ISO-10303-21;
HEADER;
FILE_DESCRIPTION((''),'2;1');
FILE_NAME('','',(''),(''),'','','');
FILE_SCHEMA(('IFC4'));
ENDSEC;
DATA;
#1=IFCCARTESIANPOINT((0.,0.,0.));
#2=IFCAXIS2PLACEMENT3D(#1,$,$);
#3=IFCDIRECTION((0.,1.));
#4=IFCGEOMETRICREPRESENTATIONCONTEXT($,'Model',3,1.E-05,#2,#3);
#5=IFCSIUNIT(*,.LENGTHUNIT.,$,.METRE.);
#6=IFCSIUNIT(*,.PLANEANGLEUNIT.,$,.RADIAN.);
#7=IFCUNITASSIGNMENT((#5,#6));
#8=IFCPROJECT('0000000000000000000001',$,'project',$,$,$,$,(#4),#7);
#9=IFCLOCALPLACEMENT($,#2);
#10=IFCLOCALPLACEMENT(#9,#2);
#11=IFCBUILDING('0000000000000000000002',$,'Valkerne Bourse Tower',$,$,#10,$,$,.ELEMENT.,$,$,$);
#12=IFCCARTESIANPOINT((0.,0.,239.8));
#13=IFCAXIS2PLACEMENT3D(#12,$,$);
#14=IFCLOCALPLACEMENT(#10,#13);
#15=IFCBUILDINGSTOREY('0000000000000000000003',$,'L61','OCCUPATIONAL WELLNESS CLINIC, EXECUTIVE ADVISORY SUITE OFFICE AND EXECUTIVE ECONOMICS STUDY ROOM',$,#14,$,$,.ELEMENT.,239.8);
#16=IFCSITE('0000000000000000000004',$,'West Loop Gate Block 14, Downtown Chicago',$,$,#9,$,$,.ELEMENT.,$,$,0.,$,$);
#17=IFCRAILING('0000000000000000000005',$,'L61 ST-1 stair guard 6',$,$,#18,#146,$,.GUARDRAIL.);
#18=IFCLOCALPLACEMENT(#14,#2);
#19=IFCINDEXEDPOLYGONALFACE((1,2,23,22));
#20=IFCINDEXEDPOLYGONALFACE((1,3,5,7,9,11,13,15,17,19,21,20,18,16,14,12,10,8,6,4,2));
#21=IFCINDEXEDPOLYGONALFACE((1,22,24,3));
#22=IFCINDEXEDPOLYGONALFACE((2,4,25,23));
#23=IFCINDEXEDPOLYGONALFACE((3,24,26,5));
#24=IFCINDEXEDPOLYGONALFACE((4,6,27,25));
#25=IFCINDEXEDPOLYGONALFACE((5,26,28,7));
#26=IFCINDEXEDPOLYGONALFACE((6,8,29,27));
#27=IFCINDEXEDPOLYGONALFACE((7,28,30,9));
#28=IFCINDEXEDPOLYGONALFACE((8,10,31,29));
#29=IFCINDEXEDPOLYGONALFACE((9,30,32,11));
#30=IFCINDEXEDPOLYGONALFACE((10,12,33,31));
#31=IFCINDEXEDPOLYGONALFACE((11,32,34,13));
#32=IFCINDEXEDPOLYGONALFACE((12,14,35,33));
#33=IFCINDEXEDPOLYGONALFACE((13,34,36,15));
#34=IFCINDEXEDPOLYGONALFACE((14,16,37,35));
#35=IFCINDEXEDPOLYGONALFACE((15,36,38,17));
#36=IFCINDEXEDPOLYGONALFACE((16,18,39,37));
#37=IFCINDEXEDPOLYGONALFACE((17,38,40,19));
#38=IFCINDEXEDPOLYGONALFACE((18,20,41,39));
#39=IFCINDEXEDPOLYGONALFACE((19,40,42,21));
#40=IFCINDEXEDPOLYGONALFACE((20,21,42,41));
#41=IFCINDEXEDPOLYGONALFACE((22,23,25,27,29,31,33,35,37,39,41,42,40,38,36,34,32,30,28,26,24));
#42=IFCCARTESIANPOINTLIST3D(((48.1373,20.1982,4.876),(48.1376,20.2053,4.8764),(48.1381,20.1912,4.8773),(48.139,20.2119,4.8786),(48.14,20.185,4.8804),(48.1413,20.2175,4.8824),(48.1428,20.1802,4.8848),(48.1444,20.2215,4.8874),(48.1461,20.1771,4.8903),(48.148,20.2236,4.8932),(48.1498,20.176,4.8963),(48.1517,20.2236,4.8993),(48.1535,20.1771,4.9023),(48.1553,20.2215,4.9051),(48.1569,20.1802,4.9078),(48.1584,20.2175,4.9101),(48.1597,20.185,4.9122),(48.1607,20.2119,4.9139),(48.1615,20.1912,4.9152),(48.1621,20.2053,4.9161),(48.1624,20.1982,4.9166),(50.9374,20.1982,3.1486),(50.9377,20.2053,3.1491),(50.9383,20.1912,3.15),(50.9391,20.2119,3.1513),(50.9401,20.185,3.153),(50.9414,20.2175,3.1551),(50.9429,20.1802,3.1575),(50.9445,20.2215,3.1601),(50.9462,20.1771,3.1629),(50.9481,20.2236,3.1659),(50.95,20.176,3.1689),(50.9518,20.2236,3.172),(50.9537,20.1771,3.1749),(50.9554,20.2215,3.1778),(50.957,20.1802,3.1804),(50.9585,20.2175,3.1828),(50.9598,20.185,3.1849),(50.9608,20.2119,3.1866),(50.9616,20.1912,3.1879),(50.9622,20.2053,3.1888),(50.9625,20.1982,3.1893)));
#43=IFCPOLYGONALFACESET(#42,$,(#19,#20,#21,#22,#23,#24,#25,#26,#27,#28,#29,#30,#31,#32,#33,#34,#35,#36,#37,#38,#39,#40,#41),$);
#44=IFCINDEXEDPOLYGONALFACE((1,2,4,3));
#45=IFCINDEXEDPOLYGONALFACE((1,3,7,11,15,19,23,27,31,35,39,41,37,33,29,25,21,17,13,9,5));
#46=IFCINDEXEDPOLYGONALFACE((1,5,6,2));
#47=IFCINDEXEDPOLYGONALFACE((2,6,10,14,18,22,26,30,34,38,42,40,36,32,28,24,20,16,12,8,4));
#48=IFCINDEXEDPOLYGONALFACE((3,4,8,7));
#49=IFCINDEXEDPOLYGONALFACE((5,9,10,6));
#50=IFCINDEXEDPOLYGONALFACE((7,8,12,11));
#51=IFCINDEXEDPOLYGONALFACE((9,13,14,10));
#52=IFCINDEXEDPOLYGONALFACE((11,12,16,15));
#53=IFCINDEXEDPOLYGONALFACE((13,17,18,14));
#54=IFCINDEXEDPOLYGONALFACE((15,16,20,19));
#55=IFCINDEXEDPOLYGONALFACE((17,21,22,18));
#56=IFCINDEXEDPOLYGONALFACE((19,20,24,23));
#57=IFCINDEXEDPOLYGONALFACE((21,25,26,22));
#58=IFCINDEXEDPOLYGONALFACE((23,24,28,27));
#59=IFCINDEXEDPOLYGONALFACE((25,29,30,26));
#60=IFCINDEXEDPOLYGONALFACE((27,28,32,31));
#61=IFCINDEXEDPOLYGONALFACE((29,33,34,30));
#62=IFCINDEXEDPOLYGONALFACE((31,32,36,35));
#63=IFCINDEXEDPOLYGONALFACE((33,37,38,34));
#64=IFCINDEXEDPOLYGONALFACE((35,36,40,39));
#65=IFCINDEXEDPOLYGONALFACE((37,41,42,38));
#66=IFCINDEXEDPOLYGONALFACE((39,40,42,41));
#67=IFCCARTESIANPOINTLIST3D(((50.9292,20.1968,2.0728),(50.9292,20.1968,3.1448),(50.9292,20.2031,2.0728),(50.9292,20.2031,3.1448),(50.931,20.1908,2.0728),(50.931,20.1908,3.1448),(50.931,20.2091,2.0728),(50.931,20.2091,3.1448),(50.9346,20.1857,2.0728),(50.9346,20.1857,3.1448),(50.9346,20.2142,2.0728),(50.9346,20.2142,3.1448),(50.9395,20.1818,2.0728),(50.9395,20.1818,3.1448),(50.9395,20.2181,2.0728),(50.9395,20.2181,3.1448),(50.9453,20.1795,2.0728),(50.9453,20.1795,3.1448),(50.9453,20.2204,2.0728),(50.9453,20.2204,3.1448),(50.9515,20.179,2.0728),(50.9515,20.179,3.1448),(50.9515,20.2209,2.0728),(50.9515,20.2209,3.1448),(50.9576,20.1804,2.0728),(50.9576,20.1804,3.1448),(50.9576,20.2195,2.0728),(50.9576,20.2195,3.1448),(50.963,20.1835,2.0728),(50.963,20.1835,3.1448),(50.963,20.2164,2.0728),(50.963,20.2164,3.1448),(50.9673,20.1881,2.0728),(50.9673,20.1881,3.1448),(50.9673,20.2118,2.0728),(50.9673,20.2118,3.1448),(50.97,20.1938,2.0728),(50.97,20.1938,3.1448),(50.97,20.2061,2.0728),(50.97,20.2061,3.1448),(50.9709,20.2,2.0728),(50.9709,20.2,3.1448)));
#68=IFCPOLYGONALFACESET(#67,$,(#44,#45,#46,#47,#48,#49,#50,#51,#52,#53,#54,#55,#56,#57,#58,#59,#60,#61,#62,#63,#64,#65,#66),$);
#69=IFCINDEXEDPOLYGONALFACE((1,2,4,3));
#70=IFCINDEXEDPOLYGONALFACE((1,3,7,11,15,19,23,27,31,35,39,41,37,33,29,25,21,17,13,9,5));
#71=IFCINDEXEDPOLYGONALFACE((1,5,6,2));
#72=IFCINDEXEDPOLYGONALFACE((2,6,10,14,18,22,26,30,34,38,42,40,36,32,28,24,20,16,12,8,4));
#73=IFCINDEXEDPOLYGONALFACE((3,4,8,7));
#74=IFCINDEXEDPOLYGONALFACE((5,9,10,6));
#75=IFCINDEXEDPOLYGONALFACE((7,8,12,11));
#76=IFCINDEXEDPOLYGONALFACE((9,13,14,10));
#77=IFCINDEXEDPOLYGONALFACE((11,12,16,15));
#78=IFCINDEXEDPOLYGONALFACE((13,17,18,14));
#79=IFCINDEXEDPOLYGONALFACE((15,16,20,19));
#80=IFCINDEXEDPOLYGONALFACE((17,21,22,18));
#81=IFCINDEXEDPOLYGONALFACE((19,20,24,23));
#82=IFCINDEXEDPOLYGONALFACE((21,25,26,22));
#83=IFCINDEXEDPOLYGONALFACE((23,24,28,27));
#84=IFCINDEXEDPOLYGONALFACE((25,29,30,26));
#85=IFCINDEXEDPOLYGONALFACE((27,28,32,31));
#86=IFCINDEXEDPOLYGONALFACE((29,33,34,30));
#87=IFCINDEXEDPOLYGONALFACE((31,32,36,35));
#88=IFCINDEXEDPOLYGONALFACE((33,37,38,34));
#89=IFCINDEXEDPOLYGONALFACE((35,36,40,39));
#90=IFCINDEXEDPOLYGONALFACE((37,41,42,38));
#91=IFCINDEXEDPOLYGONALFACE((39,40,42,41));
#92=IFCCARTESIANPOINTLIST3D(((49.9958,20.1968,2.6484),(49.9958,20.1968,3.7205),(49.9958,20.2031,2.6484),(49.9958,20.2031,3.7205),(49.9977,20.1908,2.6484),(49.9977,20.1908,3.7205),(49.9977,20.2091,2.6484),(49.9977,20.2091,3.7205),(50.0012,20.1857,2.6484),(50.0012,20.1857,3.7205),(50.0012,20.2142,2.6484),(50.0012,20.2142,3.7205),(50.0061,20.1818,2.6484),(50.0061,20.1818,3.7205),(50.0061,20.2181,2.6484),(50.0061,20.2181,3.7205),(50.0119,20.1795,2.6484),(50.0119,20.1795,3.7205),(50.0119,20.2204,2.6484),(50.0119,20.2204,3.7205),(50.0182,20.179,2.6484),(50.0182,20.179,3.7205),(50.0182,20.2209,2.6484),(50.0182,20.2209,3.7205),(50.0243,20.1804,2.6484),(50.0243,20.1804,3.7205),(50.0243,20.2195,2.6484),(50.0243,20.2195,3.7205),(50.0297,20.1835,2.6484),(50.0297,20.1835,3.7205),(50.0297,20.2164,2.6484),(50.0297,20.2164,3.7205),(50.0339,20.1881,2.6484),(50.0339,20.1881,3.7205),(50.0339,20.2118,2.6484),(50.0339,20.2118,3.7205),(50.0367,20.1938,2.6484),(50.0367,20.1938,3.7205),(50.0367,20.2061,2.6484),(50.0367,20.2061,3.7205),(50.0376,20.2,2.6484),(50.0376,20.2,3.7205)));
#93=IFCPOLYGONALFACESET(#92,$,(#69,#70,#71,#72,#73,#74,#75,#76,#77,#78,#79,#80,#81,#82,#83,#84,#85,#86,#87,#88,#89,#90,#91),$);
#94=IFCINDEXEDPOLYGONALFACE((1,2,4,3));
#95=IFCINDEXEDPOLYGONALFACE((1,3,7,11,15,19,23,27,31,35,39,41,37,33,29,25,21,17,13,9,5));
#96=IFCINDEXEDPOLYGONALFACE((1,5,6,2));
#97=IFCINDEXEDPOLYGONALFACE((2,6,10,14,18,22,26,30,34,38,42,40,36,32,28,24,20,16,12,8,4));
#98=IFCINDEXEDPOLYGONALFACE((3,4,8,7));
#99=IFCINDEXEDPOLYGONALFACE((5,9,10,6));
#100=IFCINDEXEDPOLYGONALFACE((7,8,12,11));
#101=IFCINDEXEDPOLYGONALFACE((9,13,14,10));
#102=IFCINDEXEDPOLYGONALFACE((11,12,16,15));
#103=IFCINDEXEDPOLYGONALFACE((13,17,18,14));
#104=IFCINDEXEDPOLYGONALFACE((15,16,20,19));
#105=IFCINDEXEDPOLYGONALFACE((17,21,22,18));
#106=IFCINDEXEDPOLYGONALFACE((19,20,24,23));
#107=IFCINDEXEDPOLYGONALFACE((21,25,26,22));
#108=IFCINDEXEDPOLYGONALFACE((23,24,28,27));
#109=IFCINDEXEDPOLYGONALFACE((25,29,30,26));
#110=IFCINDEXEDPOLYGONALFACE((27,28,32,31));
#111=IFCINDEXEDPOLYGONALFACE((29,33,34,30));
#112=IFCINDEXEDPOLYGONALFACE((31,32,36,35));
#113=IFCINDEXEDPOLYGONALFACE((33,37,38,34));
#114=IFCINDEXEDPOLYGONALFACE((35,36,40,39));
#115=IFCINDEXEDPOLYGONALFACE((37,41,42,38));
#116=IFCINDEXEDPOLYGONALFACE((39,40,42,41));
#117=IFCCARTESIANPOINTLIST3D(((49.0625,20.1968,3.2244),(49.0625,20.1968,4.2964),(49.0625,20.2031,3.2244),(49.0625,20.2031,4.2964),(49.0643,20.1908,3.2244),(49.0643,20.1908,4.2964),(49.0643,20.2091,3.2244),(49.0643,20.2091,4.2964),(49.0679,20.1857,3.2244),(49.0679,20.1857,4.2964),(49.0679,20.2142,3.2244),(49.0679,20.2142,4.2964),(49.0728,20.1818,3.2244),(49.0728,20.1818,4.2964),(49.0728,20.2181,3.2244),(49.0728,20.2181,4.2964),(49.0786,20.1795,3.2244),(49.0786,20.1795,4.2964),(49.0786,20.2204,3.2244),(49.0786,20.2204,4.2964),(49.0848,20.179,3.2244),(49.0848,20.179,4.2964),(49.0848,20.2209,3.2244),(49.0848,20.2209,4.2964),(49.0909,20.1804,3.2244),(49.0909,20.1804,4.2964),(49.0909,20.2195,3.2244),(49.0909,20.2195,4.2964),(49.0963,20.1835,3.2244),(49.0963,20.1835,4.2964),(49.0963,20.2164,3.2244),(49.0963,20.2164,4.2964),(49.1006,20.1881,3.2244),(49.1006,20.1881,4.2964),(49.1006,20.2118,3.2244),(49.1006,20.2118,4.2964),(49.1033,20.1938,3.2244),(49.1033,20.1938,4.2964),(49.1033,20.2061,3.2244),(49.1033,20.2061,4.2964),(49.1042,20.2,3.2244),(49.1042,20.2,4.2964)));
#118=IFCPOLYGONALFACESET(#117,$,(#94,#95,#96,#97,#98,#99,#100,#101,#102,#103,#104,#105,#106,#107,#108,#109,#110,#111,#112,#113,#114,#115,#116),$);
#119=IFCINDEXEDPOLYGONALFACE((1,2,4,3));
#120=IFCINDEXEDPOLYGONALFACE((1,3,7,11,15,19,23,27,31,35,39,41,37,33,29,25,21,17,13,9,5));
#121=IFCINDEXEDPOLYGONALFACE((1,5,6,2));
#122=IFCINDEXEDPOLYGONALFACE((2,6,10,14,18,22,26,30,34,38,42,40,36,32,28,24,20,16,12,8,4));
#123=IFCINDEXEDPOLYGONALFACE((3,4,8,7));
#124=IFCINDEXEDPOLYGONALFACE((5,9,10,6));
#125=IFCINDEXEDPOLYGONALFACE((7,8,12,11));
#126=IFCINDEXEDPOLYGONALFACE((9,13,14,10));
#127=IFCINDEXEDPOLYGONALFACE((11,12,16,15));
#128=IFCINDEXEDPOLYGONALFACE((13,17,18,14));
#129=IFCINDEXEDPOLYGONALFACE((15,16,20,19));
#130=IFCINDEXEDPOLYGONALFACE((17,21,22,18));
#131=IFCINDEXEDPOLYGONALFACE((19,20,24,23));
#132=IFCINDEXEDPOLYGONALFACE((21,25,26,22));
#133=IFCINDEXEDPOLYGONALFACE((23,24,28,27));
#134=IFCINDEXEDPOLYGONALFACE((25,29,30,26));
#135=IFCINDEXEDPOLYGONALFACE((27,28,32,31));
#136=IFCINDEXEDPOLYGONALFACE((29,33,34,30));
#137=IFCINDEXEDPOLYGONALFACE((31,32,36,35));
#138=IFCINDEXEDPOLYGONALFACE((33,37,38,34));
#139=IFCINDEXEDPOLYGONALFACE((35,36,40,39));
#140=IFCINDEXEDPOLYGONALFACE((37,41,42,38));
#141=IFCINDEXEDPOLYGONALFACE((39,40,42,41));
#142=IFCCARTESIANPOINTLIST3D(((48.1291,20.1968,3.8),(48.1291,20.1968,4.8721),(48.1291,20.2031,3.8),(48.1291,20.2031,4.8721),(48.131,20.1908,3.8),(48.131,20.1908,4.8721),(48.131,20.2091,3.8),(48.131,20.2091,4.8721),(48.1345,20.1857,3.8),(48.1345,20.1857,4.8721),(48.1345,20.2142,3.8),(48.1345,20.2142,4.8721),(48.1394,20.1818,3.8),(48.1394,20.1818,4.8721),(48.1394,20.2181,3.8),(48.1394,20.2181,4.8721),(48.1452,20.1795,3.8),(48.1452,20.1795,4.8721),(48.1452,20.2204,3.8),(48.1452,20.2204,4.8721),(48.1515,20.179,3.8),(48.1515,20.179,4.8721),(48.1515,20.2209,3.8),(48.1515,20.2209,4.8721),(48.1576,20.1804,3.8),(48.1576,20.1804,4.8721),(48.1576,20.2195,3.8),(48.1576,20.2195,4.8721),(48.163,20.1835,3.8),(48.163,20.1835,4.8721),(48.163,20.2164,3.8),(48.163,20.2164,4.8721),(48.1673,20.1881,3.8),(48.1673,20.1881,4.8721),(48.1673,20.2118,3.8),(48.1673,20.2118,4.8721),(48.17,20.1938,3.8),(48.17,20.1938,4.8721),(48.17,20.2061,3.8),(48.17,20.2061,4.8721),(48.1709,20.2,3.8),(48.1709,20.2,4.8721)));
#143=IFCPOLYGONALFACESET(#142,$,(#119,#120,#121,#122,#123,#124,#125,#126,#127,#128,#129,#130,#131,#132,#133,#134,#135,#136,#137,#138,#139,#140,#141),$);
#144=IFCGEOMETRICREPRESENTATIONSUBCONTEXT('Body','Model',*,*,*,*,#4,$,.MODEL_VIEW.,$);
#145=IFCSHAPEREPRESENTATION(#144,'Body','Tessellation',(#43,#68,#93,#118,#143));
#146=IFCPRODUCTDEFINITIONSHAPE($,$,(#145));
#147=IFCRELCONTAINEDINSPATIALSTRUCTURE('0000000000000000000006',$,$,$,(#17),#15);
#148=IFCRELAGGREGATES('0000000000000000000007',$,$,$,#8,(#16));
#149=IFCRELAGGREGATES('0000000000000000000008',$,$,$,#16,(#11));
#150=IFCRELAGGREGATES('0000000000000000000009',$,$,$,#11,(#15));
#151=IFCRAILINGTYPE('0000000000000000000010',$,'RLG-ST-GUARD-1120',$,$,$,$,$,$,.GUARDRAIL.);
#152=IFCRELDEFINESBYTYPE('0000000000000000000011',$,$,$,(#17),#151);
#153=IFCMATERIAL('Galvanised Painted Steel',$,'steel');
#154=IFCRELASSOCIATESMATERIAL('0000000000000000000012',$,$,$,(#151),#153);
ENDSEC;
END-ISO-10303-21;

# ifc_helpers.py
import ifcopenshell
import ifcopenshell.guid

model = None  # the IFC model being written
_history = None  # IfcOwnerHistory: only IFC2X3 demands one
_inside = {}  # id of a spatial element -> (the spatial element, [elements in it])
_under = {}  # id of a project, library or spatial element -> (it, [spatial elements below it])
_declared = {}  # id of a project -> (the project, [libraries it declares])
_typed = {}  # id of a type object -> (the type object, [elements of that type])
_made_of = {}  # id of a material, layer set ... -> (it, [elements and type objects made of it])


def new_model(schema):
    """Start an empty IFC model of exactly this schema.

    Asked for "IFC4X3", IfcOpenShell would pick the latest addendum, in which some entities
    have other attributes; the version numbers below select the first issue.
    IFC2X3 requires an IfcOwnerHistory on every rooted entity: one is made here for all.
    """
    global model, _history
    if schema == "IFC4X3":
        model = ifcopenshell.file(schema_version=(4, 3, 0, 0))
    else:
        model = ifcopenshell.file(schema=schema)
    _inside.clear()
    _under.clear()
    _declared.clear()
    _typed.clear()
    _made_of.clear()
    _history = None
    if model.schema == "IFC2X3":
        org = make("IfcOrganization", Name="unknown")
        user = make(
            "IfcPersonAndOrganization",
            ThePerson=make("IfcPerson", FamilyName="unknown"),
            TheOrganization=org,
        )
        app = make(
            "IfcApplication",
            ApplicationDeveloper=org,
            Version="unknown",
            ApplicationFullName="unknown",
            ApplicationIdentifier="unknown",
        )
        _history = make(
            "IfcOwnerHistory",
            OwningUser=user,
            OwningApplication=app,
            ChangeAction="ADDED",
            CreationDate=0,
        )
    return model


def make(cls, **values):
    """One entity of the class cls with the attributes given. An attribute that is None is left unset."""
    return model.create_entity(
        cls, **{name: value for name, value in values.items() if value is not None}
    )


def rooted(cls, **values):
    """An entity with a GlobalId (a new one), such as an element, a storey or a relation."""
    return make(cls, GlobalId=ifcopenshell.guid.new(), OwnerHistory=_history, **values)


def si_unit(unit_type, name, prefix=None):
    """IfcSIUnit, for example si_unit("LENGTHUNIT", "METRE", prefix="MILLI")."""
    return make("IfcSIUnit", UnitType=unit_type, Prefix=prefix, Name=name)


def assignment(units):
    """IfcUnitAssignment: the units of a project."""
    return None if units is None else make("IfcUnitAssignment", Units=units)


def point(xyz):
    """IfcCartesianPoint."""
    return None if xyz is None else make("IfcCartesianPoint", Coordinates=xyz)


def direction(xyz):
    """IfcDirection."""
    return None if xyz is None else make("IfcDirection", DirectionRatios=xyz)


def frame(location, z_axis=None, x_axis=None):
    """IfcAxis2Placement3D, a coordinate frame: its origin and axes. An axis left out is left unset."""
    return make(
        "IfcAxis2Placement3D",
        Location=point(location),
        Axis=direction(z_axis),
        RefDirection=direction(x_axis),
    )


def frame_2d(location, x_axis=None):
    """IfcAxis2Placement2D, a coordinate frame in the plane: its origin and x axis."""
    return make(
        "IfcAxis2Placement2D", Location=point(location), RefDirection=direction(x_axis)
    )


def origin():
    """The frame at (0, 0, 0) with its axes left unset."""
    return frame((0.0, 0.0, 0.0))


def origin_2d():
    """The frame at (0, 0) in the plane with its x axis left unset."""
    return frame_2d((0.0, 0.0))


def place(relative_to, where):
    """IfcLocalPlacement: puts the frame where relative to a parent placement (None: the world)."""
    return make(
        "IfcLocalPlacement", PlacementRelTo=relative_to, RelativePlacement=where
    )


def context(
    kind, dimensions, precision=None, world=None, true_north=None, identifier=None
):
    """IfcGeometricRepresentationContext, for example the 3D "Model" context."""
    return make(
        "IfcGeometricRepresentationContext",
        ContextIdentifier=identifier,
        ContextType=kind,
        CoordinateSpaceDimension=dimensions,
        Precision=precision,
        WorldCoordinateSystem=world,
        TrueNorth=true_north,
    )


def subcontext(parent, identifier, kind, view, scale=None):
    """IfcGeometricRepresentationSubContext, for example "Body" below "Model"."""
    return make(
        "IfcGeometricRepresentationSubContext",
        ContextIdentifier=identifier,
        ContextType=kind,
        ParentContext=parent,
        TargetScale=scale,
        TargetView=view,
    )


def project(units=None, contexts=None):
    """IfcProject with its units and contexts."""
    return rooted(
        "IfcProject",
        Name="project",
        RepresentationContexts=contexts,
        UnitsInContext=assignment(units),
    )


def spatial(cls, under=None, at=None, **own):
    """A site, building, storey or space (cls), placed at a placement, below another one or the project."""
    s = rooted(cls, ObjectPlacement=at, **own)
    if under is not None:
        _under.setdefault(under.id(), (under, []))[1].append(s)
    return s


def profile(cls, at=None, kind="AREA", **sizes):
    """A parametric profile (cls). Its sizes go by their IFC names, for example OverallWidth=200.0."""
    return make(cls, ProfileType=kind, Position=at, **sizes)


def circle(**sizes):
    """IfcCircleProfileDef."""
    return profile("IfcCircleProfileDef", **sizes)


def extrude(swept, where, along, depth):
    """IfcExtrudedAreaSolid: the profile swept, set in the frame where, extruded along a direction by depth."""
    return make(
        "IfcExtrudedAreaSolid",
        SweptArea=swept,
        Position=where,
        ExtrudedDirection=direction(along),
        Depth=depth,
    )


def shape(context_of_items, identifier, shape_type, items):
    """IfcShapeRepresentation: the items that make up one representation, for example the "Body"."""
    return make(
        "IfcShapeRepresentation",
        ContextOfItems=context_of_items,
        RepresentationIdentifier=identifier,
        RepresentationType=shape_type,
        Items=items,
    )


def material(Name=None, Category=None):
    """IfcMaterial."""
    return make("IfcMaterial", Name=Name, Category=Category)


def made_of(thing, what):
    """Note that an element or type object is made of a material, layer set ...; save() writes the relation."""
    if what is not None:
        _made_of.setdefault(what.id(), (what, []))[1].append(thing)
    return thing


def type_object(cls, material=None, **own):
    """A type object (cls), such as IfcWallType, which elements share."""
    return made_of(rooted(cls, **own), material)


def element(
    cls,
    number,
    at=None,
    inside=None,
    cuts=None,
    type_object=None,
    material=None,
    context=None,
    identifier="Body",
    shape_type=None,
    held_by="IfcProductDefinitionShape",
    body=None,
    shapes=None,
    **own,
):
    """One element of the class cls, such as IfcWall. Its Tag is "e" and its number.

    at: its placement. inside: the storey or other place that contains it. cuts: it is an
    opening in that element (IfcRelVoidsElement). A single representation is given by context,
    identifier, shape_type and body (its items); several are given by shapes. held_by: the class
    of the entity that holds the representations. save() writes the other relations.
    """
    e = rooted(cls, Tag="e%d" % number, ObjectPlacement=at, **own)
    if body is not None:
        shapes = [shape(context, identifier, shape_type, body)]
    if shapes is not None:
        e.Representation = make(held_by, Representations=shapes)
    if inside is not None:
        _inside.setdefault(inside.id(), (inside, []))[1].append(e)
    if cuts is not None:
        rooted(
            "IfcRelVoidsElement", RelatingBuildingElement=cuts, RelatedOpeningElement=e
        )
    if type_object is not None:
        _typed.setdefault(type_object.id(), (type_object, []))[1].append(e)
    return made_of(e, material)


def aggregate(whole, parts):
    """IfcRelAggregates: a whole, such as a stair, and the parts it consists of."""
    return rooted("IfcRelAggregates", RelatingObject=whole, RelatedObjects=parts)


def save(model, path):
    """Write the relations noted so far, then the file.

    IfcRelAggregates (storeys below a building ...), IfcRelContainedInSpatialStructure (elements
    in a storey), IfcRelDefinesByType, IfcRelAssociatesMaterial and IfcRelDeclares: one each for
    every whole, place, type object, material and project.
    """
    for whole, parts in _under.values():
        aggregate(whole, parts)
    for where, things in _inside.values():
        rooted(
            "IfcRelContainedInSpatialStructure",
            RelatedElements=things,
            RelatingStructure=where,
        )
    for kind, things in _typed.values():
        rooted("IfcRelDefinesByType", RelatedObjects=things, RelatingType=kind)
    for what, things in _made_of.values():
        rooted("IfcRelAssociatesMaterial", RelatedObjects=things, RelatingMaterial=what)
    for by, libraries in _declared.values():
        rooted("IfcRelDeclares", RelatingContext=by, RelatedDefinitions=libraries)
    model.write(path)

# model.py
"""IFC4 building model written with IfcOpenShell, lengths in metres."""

from ifc_helpers import new_model, si_unit, direction, frame, origin, origin_2d, place, context, subcontext, project, spatial, circle, extrude, material, type_object, element, save


model = new_model("IFC4")

# Units and contexts
model_context = context("Model", 3, precision=1e-05, world=origin(), true_north=direction((0.0, 1.0)))
body_context = subcontext(model_context, "Body", "Model", "MODEL_VIEW")
ifc_project = project(units=[si_unit("LENGTHUNIT", "METRE"), si_unit("PLANEANGLEUNIT", "RADIAN")], contexts=[model_context])

# Site, building, storey
site_placement = place(None, origin())
site = spatial("IfcSite", under=ifc_project, at=site_placement, Name="West Loop Gate Block 14, Downtown Chicago", CompositionType="ELEMENT", RefElevation=0.0)
building_placement = place(site_placement, origin())
building = spatial("IfcBuilding", under=site, at=building_placement, Name="Valkerne Bourse Tower", CompositionType="ELEMENT")
storey_placement = place(building_placement, frame((0.0, 0.0, 239.8)))
storey = spatial("IfcBuildingStorey", under=building, at=storey_placement, Name="L61", Description="OCCUPATIONAL WELLNESS CLINIC, EXECUTIVE ADVISORY SUITE OFFICE AND EXECUTIVE ECONOMICS STUDY ROOM", CompositionType="ELEMENT", Elevation=239.8)

# Shared definitions
ifc_material_1 = material(Name="Galvanised Painted Steel", Category="steel")

# Railing
railing_type_1 = type_object("IfcRailingType", Name="RLG-ST-GUARD-1120", PredefinedType="GUARDRAIL", material=ifc_material_1)
railing_1_placement = place(storey_placement, frame((50.95, 20.2, 2.0728)))
element("IfcRailing", 1, at=railing_1_placement, inside=storey, type_object=railing_type_1, Name="L61 ST-1 stair guard 6", PredefinedType="GUARDRAIL", context=body_context, shape_type="SweptSolid", body=[
    extrude(circle(Radius=0.0239, at=origin_2d()), frame((0.0, 0.0, 1.0962), z_axis=(-0.85109, 0.0, 0.52502), x_axis=(0.0, -1.0, 0.0)), (0.0, 0.0, 1.0), 3.29),
    extrude(circle(Radius=0.021, at=origin_2d()), origin(), (0.0, 0.0, 1.0), 1.072),
    extrude(circle(Radius=0.021, at=origin_2d()), frame((-0.9333, 0.0, 0.5757)), (0.0, 0.0, 1.0), 1.072),
    extrude(circle(Radius=0.021, at=origin_2d()), frame((-1.8667, 0.0, 1.1516)), (0.0, 0.0, 1.0), 1.072),
    extrude(circle(Radius=0.021, at=origin_2d()), frame((-2.8, 0.0, 1.7273)), (0.0, 0.0, 1.0), 1.072),
])

save(model, "model.ifc")
